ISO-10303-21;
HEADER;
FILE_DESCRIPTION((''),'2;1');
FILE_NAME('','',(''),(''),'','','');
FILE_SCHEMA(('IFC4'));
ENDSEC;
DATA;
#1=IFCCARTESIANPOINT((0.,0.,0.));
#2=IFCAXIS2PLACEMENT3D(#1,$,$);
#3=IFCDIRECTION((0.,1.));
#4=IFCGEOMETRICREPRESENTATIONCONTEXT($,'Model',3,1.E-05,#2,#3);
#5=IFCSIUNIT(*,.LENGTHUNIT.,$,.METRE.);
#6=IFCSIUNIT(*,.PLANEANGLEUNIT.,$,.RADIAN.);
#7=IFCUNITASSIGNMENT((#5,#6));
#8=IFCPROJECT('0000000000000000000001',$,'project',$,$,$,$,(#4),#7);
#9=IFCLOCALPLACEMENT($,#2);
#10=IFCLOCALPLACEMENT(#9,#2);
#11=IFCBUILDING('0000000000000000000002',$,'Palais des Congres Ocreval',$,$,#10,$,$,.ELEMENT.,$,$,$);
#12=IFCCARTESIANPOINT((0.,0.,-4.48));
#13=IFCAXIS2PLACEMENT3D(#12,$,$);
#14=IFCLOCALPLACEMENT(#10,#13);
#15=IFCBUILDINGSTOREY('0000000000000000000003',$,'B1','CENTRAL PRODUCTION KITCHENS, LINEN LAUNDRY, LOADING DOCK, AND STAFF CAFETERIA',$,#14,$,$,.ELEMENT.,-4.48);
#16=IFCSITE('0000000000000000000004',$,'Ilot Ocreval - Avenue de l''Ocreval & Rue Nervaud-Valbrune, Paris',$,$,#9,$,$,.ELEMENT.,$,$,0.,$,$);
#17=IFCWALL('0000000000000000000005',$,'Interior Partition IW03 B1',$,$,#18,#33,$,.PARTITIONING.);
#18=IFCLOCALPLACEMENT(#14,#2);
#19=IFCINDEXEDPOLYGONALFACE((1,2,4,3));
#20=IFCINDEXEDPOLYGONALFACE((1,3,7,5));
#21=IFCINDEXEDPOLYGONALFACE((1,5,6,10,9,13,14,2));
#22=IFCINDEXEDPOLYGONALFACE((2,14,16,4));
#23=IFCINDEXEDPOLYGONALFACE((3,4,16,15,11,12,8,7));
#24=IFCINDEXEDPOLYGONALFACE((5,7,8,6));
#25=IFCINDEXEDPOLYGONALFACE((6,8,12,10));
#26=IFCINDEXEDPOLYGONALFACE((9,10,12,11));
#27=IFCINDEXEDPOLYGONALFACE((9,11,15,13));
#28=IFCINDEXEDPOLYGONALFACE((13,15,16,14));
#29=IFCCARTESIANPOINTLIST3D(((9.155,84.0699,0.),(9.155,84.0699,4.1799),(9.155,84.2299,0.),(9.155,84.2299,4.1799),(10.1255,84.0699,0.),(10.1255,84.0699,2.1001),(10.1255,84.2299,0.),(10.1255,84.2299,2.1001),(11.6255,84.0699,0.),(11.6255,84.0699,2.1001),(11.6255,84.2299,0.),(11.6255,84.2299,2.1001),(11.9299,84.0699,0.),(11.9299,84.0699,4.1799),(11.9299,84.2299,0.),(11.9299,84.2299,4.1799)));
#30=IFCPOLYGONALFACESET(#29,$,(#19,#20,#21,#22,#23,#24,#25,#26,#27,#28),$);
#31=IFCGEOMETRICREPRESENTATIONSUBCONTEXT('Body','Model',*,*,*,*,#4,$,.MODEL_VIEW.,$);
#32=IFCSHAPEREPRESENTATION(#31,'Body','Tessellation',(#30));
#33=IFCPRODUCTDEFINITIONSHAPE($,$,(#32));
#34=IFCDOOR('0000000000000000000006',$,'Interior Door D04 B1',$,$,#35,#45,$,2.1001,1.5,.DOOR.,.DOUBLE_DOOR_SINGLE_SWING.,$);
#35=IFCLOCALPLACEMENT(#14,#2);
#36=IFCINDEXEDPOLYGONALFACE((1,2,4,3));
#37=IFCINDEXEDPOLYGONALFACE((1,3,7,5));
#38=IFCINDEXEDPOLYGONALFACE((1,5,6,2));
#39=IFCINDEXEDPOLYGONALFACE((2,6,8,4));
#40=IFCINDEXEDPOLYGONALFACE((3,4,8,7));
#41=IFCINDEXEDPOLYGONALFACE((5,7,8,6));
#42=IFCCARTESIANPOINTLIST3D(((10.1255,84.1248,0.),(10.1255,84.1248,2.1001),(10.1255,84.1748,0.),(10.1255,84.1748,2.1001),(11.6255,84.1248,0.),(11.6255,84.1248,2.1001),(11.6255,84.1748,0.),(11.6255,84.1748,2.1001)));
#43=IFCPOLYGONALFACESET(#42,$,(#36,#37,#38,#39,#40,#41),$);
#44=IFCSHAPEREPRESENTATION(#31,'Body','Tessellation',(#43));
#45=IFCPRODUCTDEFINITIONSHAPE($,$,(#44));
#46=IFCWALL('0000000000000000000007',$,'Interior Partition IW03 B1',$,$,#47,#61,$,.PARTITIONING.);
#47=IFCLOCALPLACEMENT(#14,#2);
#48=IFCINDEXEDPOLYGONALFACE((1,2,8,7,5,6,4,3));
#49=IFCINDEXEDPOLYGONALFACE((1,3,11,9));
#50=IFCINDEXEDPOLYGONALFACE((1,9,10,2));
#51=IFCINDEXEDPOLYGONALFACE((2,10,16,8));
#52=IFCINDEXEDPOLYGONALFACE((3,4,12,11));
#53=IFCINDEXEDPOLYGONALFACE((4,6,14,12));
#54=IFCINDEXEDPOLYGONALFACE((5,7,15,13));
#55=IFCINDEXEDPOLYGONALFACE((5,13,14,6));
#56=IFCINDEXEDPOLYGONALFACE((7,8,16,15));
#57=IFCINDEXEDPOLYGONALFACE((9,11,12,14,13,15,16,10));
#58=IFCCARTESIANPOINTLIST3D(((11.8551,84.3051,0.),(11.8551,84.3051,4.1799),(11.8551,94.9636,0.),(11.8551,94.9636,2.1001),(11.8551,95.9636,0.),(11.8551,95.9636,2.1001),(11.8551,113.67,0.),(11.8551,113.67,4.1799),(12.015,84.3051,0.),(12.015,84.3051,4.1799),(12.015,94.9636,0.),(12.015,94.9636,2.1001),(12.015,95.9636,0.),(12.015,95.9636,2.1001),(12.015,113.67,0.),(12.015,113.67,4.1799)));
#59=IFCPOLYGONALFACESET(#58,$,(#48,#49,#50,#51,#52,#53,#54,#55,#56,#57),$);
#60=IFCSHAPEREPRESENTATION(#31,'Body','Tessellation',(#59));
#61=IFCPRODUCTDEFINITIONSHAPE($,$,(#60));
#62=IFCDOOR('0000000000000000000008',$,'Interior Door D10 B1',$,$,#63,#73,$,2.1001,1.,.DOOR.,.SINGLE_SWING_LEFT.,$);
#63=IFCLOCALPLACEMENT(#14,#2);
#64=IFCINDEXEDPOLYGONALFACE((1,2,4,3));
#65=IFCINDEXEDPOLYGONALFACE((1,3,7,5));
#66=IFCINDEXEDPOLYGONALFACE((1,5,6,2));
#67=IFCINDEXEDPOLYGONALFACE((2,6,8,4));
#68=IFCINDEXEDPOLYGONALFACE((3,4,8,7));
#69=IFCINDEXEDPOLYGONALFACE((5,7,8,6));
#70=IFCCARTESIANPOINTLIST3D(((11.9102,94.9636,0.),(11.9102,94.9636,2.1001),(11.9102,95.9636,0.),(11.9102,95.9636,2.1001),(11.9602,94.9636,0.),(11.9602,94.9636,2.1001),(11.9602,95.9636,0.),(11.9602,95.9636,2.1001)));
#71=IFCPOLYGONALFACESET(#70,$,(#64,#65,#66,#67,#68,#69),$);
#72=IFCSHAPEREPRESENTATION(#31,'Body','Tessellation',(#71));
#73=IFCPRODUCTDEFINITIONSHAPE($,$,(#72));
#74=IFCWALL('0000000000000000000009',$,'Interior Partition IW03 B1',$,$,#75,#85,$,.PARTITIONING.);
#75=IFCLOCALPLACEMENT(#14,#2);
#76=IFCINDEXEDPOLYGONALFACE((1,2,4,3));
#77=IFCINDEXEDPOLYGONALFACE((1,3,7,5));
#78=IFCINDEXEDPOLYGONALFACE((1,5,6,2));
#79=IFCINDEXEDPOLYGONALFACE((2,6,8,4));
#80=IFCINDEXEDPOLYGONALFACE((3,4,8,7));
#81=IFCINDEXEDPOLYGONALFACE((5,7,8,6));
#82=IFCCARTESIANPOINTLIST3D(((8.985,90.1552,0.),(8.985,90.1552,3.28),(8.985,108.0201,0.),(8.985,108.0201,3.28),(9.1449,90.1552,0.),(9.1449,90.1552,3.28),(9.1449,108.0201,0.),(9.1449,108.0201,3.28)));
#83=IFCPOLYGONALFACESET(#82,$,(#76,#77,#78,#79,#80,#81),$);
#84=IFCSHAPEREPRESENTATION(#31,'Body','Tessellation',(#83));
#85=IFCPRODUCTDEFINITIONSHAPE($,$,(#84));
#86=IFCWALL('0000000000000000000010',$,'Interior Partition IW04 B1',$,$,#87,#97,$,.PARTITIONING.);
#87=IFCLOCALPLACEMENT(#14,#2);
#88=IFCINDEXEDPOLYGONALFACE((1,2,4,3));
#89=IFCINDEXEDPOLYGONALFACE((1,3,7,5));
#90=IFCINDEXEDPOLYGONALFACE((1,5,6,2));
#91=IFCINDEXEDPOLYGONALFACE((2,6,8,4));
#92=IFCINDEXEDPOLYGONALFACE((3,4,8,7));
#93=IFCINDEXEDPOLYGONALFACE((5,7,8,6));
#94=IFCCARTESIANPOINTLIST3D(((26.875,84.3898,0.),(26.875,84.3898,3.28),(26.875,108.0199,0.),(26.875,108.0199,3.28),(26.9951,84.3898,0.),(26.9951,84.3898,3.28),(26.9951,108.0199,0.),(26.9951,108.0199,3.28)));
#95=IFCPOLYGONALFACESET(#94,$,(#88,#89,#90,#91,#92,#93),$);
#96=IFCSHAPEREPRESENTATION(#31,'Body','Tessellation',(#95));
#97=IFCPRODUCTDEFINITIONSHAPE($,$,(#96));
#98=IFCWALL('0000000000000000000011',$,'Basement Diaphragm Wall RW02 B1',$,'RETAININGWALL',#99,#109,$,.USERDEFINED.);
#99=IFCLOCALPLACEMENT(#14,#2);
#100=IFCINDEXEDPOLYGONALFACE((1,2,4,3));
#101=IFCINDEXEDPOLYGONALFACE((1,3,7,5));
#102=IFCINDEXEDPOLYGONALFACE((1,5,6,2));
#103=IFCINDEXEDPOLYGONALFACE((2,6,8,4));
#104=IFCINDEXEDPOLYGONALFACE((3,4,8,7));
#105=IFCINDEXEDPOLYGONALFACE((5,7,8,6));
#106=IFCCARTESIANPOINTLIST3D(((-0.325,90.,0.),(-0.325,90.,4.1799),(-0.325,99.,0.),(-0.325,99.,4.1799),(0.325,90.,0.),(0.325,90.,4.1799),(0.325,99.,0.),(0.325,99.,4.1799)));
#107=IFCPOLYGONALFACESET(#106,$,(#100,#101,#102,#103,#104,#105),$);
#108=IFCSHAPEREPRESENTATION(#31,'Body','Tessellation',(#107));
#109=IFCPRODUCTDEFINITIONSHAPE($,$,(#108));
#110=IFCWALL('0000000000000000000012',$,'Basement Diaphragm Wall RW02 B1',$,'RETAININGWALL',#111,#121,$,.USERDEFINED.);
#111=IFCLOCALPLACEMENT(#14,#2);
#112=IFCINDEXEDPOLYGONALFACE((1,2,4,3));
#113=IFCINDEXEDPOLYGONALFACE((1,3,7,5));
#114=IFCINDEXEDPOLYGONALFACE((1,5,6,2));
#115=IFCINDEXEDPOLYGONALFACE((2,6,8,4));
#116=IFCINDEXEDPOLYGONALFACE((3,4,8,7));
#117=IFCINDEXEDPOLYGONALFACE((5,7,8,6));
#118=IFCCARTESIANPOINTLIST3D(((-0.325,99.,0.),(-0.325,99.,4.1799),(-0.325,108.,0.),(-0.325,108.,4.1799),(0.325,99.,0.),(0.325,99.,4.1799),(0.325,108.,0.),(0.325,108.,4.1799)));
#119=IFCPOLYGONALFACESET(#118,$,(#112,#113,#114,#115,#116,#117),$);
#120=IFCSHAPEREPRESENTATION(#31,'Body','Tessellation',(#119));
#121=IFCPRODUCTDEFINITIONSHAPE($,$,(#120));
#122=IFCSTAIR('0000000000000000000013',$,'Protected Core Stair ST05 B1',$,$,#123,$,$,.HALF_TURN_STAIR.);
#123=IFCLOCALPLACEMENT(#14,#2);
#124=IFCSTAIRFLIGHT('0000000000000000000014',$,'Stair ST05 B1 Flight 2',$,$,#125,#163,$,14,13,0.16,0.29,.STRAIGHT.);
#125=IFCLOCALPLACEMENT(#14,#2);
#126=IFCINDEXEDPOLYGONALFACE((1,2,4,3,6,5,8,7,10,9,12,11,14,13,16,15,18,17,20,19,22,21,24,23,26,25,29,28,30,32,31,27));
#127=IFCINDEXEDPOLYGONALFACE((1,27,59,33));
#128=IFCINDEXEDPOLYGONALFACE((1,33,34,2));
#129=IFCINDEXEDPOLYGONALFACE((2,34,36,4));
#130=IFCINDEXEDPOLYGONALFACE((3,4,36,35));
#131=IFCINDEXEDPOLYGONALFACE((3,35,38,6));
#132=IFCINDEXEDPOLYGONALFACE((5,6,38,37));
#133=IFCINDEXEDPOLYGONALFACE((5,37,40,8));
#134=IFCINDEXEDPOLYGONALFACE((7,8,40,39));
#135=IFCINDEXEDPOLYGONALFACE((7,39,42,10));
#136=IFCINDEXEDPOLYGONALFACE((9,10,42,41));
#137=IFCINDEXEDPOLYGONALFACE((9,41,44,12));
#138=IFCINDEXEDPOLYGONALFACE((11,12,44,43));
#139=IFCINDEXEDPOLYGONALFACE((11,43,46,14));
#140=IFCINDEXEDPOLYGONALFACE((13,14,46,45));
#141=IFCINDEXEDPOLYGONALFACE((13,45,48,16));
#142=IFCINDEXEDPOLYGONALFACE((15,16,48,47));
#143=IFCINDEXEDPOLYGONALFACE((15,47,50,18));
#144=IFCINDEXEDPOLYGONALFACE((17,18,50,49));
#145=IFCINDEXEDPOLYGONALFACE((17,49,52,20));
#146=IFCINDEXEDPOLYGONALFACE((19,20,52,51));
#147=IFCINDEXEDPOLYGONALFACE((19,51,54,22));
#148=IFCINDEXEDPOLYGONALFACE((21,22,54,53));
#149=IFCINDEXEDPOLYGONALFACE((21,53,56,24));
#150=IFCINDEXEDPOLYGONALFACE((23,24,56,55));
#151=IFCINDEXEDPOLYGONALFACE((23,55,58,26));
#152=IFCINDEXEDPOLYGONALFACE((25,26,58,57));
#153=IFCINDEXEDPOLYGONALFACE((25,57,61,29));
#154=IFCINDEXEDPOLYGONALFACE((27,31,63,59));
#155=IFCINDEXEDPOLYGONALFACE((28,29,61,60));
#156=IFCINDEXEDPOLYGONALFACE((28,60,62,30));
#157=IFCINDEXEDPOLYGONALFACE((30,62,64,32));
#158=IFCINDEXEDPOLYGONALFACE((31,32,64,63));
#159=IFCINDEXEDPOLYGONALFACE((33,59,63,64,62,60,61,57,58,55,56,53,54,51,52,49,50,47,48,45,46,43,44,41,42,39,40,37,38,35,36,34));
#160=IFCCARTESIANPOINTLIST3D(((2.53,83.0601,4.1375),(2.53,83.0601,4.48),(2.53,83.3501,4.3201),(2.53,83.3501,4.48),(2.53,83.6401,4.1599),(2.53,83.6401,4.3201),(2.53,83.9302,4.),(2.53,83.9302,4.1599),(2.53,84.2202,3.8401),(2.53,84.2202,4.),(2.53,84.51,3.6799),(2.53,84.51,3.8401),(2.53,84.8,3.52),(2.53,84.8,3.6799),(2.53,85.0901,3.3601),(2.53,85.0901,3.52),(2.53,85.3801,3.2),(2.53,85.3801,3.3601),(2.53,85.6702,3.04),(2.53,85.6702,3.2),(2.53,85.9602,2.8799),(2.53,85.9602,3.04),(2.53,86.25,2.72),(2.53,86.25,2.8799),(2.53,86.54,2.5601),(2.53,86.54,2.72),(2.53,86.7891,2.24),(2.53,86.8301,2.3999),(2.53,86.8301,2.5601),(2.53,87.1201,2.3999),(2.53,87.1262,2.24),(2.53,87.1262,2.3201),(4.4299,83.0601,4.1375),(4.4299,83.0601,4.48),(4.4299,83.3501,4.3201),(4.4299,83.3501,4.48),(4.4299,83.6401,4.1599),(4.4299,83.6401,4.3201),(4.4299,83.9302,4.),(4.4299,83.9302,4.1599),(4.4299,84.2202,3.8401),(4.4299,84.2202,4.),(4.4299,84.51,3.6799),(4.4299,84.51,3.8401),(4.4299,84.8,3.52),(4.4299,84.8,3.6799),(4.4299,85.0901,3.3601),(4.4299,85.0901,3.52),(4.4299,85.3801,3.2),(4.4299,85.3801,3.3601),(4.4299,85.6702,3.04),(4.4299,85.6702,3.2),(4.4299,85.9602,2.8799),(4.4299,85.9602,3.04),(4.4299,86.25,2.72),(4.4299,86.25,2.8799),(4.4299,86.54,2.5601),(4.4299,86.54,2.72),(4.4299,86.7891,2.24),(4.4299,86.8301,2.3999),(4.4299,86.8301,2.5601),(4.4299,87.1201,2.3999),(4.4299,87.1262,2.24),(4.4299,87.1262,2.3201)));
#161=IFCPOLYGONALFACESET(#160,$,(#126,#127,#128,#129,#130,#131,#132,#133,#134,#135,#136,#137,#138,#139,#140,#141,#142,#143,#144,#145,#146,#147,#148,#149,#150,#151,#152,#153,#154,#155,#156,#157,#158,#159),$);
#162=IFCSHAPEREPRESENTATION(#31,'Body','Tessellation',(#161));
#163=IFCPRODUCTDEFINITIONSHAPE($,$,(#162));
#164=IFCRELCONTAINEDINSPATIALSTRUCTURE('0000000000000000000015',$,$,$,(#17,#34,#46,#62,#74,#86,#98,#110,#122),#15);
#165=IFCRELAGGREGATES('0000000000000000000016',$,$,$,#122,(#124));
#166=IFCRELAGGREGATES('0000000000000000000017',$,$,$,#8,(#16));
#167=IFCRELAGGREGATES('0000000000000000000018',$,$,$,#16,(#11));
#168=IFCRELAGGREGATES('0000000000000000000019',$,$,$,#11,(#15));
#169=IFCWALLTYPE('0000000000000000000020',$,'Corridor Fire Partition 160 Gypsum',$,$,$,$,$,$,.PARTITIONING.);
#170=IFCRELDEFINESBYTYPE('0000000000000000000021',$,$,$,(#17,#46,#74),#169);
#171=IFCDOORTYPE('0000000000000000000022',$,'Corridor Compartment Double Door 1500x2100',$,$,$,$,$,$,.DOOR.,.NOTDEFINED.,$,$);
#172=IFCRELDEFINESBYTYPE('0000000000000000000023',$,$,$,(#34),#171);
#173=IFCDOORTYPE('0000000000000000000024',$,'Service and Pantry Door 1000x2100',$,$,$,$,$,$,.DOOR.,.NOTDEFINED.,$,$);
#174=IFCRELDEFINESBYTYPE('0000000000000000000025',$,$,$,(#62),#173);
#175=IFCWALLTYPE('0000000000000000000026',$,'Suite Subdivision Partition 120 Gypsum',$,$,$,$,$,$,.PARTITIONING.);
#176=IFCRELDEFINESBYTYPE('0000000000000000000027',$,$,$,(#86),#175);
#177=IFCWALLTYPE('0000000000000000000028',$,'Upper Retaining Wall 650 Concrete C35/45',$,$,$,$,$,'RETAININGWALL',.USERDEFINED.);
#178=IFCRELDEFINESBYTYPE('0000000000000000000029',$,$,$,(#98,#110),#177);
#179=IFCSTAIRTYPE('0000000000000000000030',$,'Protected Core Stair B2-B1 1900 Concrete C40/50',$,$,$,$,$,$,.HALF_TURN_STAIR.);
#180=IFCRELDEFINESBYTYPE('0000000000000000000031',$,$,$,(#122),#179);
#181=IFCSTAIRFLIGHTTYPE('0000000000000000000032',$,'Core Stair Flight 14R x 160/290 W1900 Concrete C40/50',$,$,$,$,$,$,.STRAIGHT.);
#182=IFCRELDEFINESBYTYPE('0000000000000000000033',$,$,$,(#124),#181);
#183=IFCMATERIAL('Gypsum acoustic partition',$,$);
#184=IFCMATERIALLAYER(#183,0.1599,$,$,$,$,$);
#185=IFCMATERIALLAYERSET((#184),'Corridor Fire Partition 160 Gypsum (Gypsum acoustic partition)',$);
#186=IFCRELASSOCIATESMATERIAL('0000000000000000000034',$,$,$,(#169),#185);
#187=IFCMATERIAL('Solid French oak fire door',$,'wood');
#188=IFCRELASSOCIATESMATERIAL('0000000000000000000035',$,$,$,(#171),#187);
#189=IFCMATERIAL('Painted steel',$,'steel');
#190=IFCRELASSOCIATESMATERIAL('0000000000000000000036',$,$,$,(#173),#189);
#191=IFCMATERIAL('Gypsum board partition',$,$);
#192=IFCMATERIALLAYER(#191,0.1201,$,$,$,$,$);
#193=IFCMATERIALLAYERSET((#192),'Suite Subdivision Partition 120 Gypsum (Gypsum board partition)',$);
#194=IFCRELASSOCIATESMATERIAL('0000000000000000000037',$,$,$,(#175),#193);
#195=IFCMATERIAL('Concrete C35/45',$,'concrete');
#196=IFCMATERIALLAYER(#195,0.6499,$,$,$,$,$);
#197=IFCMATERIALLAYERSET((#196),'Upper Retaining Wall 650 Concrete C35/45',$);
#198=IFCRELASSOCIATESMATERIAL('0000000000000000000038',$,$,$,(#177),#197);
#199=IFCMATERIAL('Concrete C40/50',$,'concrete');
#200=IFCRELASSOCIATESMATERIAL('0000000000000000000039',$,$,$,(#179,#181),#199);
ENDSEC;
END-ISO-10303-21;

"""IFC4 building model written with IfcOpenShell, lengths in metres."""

from ifc_helpers import new_model, si_unit, direction, frame, frame_2d, origin, place, context, subcontext, project, spatial, polyline, rectangle, outline, extrude, material, layer, layer_set, type_object, element, fill, aggregate, save


model = new_model("IFC4")

# Units and contexts
model_context = context("Model", 3, precision=1e-05, world=origin(), true_north=direction((0.0, 1.0)))
body_context = subcontext(model_context, "Body", "Model", "MODEL_VIEW")
ifc_project = project(units=[si_unit("LENGTHUNIT", "METRE"), si_unit("PLANEANGLEUNIT", "RADIAN")], contexts=[model_context])

# Site, building, storey
site_placement = place(None, origin())
site = spatial("IfcSite", under=ifc_project, at=site_placement, Name="Ilot Ocreval - Avenue de l'Ocreval & Rue Nervaud-Valbrune, Paris", CompositionType="ELEMENT", RefElevation=0.0)
building_placement = place(site_placement, origin())
building = spatial("IfcBuilding", under=site, at=building_placement, Name="Palais des Congres Ocreval", CompositionType="ELEMENT")
storey_placement = place(building_placement, frame((0.0, 0.0, -4.48)))
storey = spatial("IfcBuildingStorey", under=building, at=storey_placement, Name="B1", Description="CENTRAL PRODUCTION KITCHENS, LINEN LAUNDRY, LOADING DOCK, AND STAFF CAFETERIA", CompositionType="ELEMENT", Elevation=-4.48)

# Shared definitions
ifc_material_1 = material(Name="Concrete C35/45", Category="concrete")

# Shared definitions
ifc_material_2 = material(Name="Concrete C40/50", Category="concrete")

# Shared definitions
ifc_material_3 = material(Name="Gypsum acoustic partition")
ifc_layer_1 = layer(ifc_material_3, 0.1599)
ifc_layer_set_1 = layer_set([ifc_layer_1], Name="Corridor Fire Partition 160 Gypsum (Gypsum acoustic partition)")
wall_type_1 = type_object("IfcWallType", Name="Corridor Fire Partition 160 Gypsum", PredefinedType="PARTITIONING", material=ifc_layer_set_1)

# Walls, openings, doors
wall_1_placement = place(storey_placement, frame((9.155, 84.1499, 0.0), z_axis=(0.0, 0.0, 1.0), x_axis=(1.0, 0.0, 0.0)))
wall_1 = element("IfcWall", 1, at=wall_1_placement, inside=storey, type_object=wall_type_1, Name="Interior Partition IW03 B1", PredefinedType="PARTITIONING", context=body_context, shape_type="SweptSolid", body=[
    extrude(rectangle(XDim=2.7749, YDim=0.1599, at=frame_2d((1.3875, 0.0))), origin(), (0.0, 0.0, 1.0), 4.1799),
])
opening_1_placement = place(wall_1_placement, frame((0.9705, 0.0, 0.0)))
opening_1 = element("IfcOpeningElement", 2, at=opening_1_placement, cuts=wall_1, PredefinedType="OPENING", context=body_context, shape_type="SweptSolid", body=[
    extrude(rectangle(XDim=1.5, YDim=2.1001, at=frame_2d((0.75, 1.05))), frame((0.0, 0.0898, 0.0), z_axis=(0.0, -1.0, 0.0), x_axis=(1.0, 0.0, 0.0)), (0.0, 0.0, 1.0), 0.1799),
])
ifc_material_4 = material(Name="Solid French oak fire door", Category="wood")
door_type_1 = type_object("IfcDoorType", Name="Corridor Compartment Double Door 1500x2100", OperationType="NOTDEFINED", PredefinedType="DOOR", material=ifc_material_4)
door_1_placement = place(opening_1_placement, origin())
door_1 = element("IfcDoor", 3, at=door_1_placement, inside=storey, type_object=door_type_1, Name="Interior Door D04 B1", OperationType="DOUBLE_DOOR_SINGLE_SWING", OverallHeight=2.1001, OverallWidth=1.5, PredefinedType="DOOR", context=body_context, shape_type="SweptSolid", body=[
    extrude(rectangle(XDim=1.5, YDim=2.1001, at=frame_2d((0.75, 1.05))), frame((0.0, 0.0249, 0.0), z_axis=(0.0, -1.0, 0.0), x_axis=(1.0, 0.0, 0.0)), (0.0, 0.0, 1.0), 0.05),
])
fill(opening_1, door_1)
wall_2_placement = place(storey_placement, frame((11.9351, 84.3049, 0.0), z_axis=(0.0, 0.0, 1.0), x_axis=(0.0, 1.0, 0.0)))
wall_2 = element("IfcWall", 4, at=wall_2_placement, inside=storey, type_object=wall_type_1, Name="Interior Partition IW03 B1", PredefinedType="PARTITIONING", context=body_context, shape_type="SweptSolid", body=[
    extrude(rectangle(XDim=29.365, YDim=0.1599, at=frame_2d((14.6826, 0.0))), origin(), (0.0, 0.0, 1.0), 4.1799),
])
opening_2_placement = place(wall_2_placement, frame((10.6587, 0.0, 0.0)))
opening_2 = element("IfcOpeningElement", 5, at=opening_2_placement, cuts=wall_2, PredefinedType="OPENING", context=body_context, shape_type="SweptSolid", body=[
    extrude(rectangle(XDim=1.0, YDim=2.1001, at=frame_2d((0.5, 1.05))), frame((0.0, 0.0898, 0.0), z_axis=(0.0, -1.0, 0.0), x_axis=(1.0, 0.0, 0.0)), (0.0, 0.0, 1.0), 0.1799),
])
ifc_material_5 = material(Name="Painted steel", Category="steel")
door_type_2 = type_object("IfcDoorType", Name="Service and Pantry Door 1000x2100", OperationType="NOTDEFINED", PredefinedType="DOOR", material=ifc_material_5)
door_2_placement = place(opening_2_placement, origin())
door_2 = element("IfcDoor", 6, at=door_2_placement, inside=storey, type_object=door_type_2, Name="Interior Door D10 B1", OperationType="SINGLE_SWING_LEFT", OverallHeight=2.1001, OverallWidth=1.0, PredefinedType="DOOR", context=body_context, shape_type="SweptSolid", body=[
    extrude(rectangle(XDim=1.0, YDim=2.1001, at=frame_2d((0.5, 1.05))), frame((0.0, 0.0249, 0.0), z_axis=(0.0, -1.0, 0.0), x_axis=(1.0, 0.0, 0.0)), (0.0, 0.0, 1.0), 0.05),
])
fill(opening_2, door_2)

# Walls
wall_3_placement = place(storey_placement, frame((9.0649, 90.155, 0.0), z_axis=(0.0, 0.0, 1.0), x_axis=(0.0, 1.0, 0.0)))
element("IfcWall", 7, at=wall_3_placement, inside=storey, type_object=wall_type_1, Name="Interior Partition IW03 B1", PredefinedType="PARTITIONING", context=body_context, shape_type="SweptSolid", body=[
    extrude(rectangle(XDim=17.865, YDim=0.1599, at=frame_2d((8.9326, 0.0))), origin(), (0.0, 0.0, 1.0), 3.28),
])
ifc_material_6 = material(Name="Gypsum board partition")
ifc_layer_2 = layer(ifc_material_6, 0.1201)
ifc_layer_set_2 = layer_set([ifc_layer_2], Name="Suite Subdivision Partition 120 Gypsum (Gypsum board partition)")
wall_type_2 = type_object("IfcWallType", Name="Suite Subdivision Partition 120 Gypsum", PredefinedType="PARTITIONING", material=ifc_layer_set_2)
wall_4_placement = place(storey_placement, frame((26.9351, 84.3899, 0.0), z_axis=(0.0, 0.0, 1.0), x_axis=(0.0, 1.0, 0.0)))
element("IfcWall", 8, at=wall_4_placement, inside=storey, type_object=wall_type_2, Name="Interior Partition IW04 B1", PredefinedType="PARTITIONING", context=body_context, shape_type="SweptSolid", body=[
    extrude(rectangle(XDim=23.6301, YDim=0.1201, at=frame_2d((11.8149, 0.0))), origin(), (0.0, 0.0, 1.0), 3.28),
])
ifc_layer_3 = layer(ifc_material_1, 0.6499)
ifc_layer_set_3 = layer_set([ifc_layer_3], Name="Upper Retaining Wall 650 Concrete C35/45")
wall_type_3 = type_object("IfcWallType", Name="Upper Retaining Wall 650 Concrete C35/45", ElementType="RETAININGWALL", PredefinedType="USERDEFINED", material=ifc_layer_set_3)
for number, where, z_axis, x_axis, name in (
    (9, (0.0, 90.0, 0.0), (0.0, 0.0, 1.0), (0.0, 1.0, 0.0), "Basement Diaphragm Wall RW02 B1"),
    (10, (0.0, 99.0, 0.0), (0.0, 0.0, 1.0), (0.0, 1.0, 0.0), "Basement Diaphragm Wall RW02 B1"),
):
    element("IfcWall", number, at=place(storey_placement, frame(where, z_axis=z_axis, x_axis=x_axis)), inside=storey, type_object=wall_type_3, Name=name, ObjectType="RETAININGWALL", PredefinedType="USERDEFINED", context=body_context, shape_type="SweptSolid", body=[
        extrude(rectangle(XDim=9.0, YDim=0.6499, at=frame_2d((4.5, 0.0))), origin(), (0.0, 0.0, 1.0), 4.1799),
    ])

# Stair, stair flight
stair_type = type_object("IfcStairType", Name="Protected Core Stair B2-B1 1900 Concrete C40/50", PredefinedType="HALF_TURN_STAIR", material=ifc_material_2)
stair_placement = place(storey_placement, origin())
stair = element("IfcStair", 11, at=stair_placement, inside=storey, type_object=stair_type, Name="Protected Core Stair ST05 B1", PredefinedType="HALF_TURN_STAIR")
stair_flight_type = type_object("IfcStairFlightType", Name="Core Stair Flight 14R x 160/290 W1900 Concrete C40/50", PredefinedType="STRAIGHT", material=ifc_material_2)
stair_flight_placement = place(storey_placement, frame((3.48, 87.1201, 2.24), z_axis=(0.0, 0.0, 1.0), x_axis=(0.0, -1.0, 0.0)))
stair_flight = element("IfcStairFlight", 12, at=stair_flight_placement, type_object=stair_flight_type, Name="Stair ST05 B1 Flight 2", NumberOfRisers=14, NumberOfTreads=13, PredefinedType="STRAIGHT", RiserHeight=0.16, TreadLength=0.29, context=body_context, shape_type="SweptSolid", body=[
    extrude(outline(polyline([(-0.0061, 0.0), (-0.0061, 0.0801), (0.0, 0.1599), (0.29, 0.1599), (0.29, 0.3201), (0.5801, 0.3201), (0.5801, 0.48), (0.8701, 0.48), (0.8701, 0.6399), (1.1599, 0.6399), (1.1599, 0.8), (1.45, 0.8), (1.45, 0.96), (1.74, 0.96), (1.74, 1.1201), (2.03, 1.1201), (2.03, 1.28), (2.3201, 1.28), (2.3201, 1.4399), (2.6101, 1.4399), (2.6101, 1.6001), (2.8999, 1.6001), (2.8999, 1.76), (3.1899, 1.76), (3.1899, 1.9199), (3.48, 1.9199), (3.48, 2.0801), (3.77, 2.0801), (3.77, 2.24), (4.0601, 2.24), (4.0601, 1.8975), (0.3311, 0.0), (-0.0061, 0.0)])), frame((0.0, 0.95, 0.0), z_axis=(0.0, -1.0, 0.0), x_axis=(1.0, 0.0, 0.0)), (0.0, 0.0, 1.0), 1.8999),
])
aggregate(stair, [stair_flight])

save(model, "model.ifc")
